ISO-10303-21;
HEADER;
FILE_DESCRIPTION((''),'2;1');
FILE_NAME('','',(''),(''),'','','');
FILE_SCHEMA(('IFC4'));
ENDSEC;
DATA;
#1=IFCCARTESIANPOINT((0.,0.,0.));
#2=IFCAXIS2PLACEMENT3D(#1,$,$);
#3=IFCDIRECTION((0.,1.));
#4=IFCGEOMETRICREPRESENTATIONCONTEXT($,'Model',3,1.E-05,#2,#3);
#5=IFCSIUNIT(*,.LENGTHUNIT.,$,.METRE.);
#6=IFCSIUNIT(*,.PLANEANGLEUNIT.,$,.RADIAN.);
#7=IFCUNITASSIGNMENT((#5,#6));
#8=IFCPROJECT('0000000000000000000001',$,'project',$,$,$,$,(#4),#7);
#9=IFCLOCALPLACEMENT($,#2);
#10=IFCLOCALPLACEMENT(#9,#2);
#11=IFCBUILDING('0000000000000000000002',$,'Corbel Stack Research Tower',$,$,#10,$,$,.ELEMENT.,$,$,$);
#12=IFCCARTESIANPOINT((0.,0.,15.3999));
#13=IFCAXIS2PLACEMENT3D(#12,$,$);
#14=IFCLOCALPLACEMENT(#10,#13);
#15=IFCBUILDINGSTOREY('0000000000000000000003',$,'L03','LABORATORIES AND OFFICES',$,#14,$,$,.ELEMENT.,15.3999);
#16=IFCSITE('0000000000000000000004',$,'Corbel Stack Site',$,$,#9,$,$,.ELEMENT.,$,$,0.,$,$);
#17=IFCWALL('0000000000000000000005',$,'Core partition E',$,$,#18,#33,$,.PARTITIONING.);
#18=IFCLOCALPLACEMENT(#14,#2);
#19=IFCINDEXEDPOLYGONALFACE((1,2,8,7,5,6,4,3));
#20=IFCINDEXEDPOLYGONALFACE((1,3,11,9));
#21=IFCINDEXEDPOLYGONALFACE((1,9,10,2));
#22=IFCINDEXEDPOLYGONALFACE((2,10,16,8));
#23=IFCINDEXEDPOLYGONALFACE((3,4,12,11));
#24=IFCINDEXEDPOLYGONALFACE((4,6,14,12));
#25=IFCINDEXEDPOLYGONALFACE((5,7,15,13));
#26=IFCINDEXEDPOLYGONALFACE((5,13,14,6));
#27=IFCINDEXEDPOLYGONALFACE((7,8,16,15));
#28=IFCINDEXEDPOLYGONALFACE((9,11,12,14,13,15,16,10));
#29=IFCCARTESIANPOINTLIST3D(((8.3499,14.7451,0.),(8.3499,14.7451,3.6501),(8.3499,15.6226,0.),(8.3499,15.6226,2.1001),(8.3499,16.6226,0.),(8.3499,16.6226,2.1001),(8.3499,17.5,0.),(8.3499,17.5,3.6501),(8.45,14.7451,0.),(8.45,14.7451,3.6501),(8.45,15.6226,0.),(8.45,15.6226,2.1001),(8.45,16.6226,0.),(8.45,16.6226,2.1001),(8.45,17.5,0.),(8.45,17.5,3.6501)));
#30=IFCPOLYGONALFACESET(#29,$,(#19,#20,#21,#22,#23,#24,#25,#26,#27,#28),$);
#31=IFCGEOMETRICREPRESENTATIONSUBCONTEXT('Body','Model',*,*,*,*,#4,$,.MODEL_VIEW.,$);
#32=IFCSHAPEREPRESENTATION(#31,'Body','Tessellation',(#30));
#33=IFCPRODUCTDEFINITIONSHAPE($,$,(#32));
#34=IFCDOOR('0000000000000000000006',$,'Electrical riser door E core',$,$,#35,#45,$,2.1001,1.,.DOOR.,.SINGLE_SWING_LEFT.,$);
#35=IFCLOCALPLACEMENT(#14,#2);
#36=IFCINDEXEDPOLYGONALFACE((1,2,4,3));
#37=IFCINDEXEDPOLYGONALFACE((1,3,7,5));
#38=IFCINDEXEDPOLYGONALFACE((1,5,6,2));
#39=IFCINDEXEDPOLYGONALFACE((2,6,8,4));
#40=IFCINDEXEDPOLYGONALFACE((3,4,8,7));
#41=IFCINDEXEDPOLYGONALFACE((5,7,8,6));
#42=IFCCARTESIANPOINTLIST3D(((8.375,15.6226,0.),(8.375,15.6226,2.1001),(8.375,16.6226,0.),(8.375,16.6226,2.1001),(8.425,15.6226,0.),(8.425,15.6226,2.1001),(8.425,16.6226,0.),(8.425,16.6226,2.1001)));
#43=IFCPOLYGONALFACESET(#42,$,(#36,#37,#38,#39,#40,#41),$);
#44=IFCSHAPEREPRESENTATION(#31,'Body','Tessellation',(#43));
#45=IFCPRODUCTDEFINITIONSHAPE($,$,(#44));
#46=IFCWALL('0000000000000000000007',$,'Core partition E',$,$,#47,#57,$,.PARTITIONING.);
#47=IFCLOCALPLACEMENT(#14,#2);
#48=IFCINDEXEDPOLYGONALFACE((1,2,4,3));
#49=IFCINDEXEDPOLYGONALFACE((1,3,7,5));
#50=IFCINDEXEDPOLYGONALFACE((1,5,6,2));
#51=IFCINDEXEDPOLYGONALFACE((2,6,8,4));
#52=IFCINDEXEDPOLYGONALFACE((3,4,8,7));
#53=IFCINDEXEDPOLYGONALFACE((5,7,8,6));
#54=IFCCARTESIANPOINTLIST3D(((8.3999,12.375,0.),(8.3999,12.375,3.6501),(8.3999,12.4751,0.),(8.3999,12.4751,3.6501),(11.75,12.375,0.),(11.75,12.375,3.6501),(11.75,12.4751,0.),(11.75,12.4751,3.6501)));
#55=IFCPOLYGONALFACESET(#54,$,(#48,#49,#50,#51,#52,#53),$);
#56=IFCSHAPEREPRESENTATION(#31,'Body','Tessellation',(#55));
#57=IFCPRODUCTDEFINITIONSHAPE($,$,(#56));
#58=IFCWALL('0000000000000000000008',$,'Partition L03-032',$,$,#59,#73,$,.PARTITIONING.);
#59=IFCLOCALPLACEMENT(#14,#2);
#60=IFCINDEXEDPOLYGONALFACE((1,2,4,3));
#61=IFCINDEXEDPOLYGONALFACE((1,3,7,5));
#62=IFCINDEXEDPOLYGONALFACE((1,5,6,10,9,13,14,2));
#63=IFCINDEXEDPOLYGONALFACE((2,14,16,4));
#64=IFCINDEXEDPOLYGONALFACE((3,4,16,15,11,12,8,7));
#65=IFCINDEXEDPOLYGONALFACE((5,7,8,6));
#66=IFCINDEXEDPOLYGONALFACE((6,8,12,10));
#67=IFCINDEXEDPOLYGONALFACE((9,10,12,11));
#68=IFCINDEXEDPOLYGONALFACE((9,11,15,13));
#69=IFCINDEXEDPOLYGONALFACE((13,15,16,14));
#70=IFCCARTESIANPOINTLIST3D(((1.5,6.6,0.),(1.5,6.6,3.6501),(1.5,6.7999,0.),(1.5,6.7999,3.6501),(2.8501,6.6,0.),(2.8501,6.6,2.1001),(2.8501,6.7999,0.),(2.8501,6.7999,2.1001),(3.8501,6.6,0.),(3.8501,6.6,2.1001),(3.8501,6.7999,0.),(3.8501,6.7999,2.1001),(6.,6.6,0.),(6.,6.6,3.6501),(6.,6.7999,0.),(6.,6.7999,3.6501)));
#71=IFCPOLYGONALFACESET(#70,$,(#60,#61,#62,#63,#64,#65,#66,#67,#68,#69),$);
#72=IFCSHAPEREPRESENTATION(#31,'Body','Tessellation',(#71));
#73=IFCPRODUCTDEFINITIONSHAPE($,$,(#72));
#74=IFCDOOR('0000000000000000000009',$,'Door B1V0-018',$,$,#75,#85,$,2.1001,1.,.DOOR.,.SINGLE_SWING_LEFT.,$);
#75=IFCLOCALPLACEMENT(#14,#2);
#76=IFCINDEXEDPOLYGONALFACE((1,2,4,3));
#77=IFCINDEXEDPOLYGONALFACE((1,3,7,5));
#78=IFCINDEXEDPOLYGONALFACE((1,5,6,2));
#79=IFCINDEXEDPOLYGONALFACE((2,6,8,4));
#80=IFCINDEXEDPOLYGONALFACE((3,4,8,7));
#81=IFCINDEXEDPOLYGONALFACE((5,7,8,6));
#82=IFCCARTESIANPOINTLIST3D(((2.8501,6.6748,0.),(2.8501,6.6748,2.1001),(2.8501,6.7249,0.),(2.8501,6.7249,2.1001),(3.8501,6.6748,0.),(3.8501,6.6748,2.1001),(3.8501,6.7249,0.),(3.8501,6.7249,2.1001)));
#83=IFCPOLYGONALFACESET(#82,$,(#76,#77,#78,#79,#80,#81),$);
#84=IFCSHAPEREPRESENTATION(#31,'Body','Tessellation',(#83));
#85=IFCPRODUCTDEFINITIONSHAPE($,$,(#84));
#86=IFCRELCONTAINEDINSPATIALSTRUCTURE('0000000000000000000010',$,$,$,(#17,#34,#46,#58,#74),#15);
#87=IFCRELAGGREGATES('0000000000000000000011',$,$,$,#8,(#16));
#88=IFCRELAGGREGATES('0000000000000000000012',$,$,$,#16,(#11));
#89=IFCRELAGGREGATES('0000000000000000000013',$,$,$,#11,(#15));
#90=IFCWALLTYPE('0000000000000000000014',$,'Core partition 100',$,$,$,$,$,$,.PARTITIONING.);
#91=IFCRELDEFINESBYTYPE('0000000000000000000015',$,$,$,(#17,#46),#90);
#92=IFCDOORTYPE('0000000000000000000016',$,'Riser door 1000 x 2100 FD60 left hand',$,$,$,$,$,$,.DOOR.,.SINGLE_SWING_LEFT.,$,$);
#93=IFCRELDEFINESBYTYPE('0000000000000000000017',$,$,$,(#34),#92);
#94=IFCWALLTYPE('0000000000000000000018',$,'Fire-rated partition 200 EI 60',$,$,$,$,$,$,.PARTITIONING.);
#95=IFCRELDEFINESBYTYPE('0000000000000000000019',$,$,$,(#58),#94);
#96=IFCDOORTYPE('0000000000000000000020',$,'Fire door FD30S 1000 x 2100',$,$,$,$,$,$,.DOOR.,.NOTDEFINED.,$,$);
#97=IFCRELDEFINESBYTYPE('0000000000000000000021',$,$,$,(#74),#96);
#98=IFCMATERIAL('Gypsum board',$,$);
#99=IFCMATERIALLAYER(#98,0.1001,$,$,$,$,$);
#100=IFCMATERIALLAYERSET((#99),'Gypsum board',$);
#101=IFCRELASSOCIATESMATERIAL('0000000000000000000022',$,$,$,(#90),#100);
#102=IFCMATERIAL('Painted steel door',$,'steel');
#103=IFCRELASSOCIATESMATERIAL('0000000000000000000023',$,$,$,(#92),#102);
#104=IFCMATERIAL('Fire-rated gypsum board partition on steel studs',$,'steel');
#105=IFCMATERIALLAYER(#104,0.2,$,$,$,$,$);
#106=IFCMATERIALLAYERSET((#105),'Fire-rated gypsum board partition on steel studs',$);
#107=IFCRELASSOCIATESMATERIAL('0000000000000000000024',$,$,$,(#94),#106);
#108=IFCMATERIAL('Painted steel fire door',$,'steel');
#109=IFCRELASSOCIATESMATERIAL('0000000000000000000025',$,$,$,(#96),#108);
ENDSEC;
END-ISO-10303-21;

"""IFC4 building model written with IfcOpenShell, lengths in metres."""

from ifc_helpers import new_model, si_unit, direction, frame, frame_2d, origin, place, context, subcontext, project, spatial, rectangle, extrude, material, layer, layer_set, type_object, element, fill, save


model = new_model("IFC4")

# Units and contexts
model_context = context("Model", 3, precision=1e-05, world=origin(), true_north=direction((0.0, 1.0)))
body_context = subcontext(model_context, "Body", "Model", "MODEL_VIEW")
ifc_project = project(units=[si_unit("LENGTHUNIT", "METRE"), si_unit("PLANEANGLEUNIT", "RADIAN")], contexts=[model_context])

# Site, building, storey
site_placement = place(None, origin())
site = spatial("IfcSite", under=ifc_project, at=site_placement, Name="Corbel Stack Site", CompositionType="ELEMENT", RefElevation=0.0)
building_placement = place(site_placement, origin())
building = spatial("IfcBuilding", under=site, at=building_placement, Name="Corbel Stack Research Tower", CompositionType="ELEMENT")
storey_placement = place(building_placement, frame((0.0, 0.0, 15.3999)))
storey = spatial("IfcBuildingStorey", under=building, at=storey_placement, Name="L03", Description="LABORATORIES AND OFFICES", CompositionType="ELEMENT", Elevation=15.3999)

# Wall, opening, door
ifc_material_1 = material(Name="Gypsum board")
ifc_layer_1 = layer(ifc_material_1, 0.1001)
ifc_layer_set_1 = layer_set([ifc_layer_1], Name="Gypsum board")
wall_type_1 = type_object("IfcWallType", Name="Core partition 100", PredefinedType="PARTITIONING", material=ifc_layer_set_1)
ifc_material_2 = material(Name="Painted steel door", Category="steel")
door_type_1 = type_object("IfcDoorType", Name="Riser door 1000 x 2100 FD60 left hand", OperationType="SINGLE_SWING_LEFT", PredefinedType="DOOR", material=ifc_material_2)
wall_1_placement = place(storey_placement, frame((8.3999, 14.7451, 0.0), z_axis=(0.0, 0.0, 1.0), x_axis=(0.0, 1.0, 0.0)))
wall_1 = element("IfcWall", 1, at=wall_1_placement, inside=storey, type_object=wall_type_1, Name="Core partition E", PredefinedType="PARTITIONING", context=body_context, shape_type="SweptSolid", body=[
    extrude(rectangle(XDim=2.7549, YDim=0.1001, at=frame_2d((1.3774, 0.0))), origin(), (0.0, 0.0, 1.0), 3.6501),
])
opening_1_placement = place(wall_1_placement, frame((0.8774, 0.0, 0.0)))
opening_1 = element("IfcOpeningElement", 2, at=opening_1_placement, cuts=wall_1, PredefinedType="OPENING", context=body_context, shape_type="SweptSolid", body=[
    extrude(rectangle(XDim=1.0, YDim=2.1001, at=frame_2d((0.5, 1.05))), frame((0.0, 0.0601, 0.0), z_axis=(0.0, -1.0, 0.0), x_axis=(1.0, 0.0, 0.0)), (0.0, 0.0, 1.0), 0.1201),
])
door_1_placement = place(opening_1_placement, origin())
door_1 = element("IfcDoor", 3, at=door_1_placement, inside=storey, type_object=door_type_1, Name="Electrical riser door E core", OperationType="SINGLE_SWING_LEFT", OverallHeight=2.1001, OverallWidth=1.0, PredefinedType="DOOR", context=body_context, shape_type="SweptSolid", body=[
    extrude(rectangle(XDim=1.0, YDim=2.1001, at=frame_2d((0.5, 1.05))), frame((0.0, 0.0249, 0.0), z_axis=(0.0, -1.0, 0.0), x_axis=(1.0, 0.0, 0.0)), (0.0, 0.0, 1.0), 0.05),
])
fill(opening_1, door_1)

# Wall
wall_2_placement = place(storey_placement, frame((8.3999, 12.425, 0.0), z_axis=(0.0, 0.0, 1.0), x_axis=(1.0, 0.0, 0.0)))
element("IfcWall", 4, at=wall_2_placement, inside=storey, type_object=wall_type_1, Name="Core partition E", PredefinedType="PARTITIONING", context=body_context, shape_type="SweptSolid", body=[
    extrude(rectangle(XDim=3.3501, YDim=0.1001, at=frame_2d((1.675, 0.0))), origin(), (0.0, 0.0, 1.0), 3.6501),
])

# Wall, opening, door
ifc_material_3 = material(Name="Fire-rated gypsum board partition on steel studs", Category="steel")
ifc_layer_2 = layer(ifc_material_3, 0.2)
ifc_layer_set_2 = layer_set([ifc_layer_2], Name="Fire-rated gypsum board partition on steel studs")
wall_type_2 = type_object("IfcWallType", Name="Fire-rated partition 200 EI 60", PredefinedType="PARTITIONING", material=ifc_layer_set_2)
wall_3_placement = place(storey_placement, frame((1.5, 6.7, 0.0), z_axis=(0.0, 0.0, 1.0), x_axis=(1.0, 0.0, 0.0)))
wall_3 = element("IfcWall", 5, at=wall_3_placement, inside=storey, type_object=wall_type_2, Name="Partition L03-032", PredefinedType="PARTITIONING", context=body_context, shape_type="SweptSolid", body=[
    extrude(rectangle(XDim=4.5, YDim=0.2, at=frame_2d((2.25, 0.0))), origin(), (0.0, 0.0, 1.0), 3.6501),
])
opening_2_placement = place(wall_3_placement, frame((1.3501, 0.0, 0.0)))
opening_2 = element("IfcOpeningElement", 6, at=opening_2_placement, cuts=wall_3, PredefinedType="OPENING", context=body_context, shape_type="SweptSolid", body=[
    extrude(rectangle(XDim=1.0, YDim=2.1001, at=frame_2d((0.5, 1.05))), frame((0.0, 0.1099, 0.0), z_axis=(0.0, -1.0, 0.0), x_axis=(1.0, 0.0, 0.0)), (0.0, 0.0, 1.0), 0.22),
])
ifc_material_4 = material(Name="Painted steel fire door", Category="steel")
door_type_2 = type_object("IfcDoorType", Name="Fire door FD30S 1000 x 2100", OperationType="NOTDEFINED", PredefinedType="DOOR", material=ifc_material_4)
door_2_placement = place(opening_2_placement, origin())
door_2 = element("IfcDoor", 7, at=door_2_placement, inside=storey, type_object=door_type_2, Name="Door B1V0-018", OperationType="SINGLE_SWING_LEFT", OverallHeight=2.1001, OverallWidth=1.0, PredefinedType="DOOR", context=body_context, shape_type="SweptSolid", body=[
    extrude(rectangle(XDim=1.0, YDim=2.1001, at=frame_2d((0.5, 1.05))), frame((0.0, 0.0249, 0.0), z_axis=(0.0, -1.0, 0.0), x_axis=(1.0, 0.0, 0.0)), (0.0, 0.0, 1.0), 0.05),
])
fill(opening_2, door_2)

save(model, "model.ifc")
